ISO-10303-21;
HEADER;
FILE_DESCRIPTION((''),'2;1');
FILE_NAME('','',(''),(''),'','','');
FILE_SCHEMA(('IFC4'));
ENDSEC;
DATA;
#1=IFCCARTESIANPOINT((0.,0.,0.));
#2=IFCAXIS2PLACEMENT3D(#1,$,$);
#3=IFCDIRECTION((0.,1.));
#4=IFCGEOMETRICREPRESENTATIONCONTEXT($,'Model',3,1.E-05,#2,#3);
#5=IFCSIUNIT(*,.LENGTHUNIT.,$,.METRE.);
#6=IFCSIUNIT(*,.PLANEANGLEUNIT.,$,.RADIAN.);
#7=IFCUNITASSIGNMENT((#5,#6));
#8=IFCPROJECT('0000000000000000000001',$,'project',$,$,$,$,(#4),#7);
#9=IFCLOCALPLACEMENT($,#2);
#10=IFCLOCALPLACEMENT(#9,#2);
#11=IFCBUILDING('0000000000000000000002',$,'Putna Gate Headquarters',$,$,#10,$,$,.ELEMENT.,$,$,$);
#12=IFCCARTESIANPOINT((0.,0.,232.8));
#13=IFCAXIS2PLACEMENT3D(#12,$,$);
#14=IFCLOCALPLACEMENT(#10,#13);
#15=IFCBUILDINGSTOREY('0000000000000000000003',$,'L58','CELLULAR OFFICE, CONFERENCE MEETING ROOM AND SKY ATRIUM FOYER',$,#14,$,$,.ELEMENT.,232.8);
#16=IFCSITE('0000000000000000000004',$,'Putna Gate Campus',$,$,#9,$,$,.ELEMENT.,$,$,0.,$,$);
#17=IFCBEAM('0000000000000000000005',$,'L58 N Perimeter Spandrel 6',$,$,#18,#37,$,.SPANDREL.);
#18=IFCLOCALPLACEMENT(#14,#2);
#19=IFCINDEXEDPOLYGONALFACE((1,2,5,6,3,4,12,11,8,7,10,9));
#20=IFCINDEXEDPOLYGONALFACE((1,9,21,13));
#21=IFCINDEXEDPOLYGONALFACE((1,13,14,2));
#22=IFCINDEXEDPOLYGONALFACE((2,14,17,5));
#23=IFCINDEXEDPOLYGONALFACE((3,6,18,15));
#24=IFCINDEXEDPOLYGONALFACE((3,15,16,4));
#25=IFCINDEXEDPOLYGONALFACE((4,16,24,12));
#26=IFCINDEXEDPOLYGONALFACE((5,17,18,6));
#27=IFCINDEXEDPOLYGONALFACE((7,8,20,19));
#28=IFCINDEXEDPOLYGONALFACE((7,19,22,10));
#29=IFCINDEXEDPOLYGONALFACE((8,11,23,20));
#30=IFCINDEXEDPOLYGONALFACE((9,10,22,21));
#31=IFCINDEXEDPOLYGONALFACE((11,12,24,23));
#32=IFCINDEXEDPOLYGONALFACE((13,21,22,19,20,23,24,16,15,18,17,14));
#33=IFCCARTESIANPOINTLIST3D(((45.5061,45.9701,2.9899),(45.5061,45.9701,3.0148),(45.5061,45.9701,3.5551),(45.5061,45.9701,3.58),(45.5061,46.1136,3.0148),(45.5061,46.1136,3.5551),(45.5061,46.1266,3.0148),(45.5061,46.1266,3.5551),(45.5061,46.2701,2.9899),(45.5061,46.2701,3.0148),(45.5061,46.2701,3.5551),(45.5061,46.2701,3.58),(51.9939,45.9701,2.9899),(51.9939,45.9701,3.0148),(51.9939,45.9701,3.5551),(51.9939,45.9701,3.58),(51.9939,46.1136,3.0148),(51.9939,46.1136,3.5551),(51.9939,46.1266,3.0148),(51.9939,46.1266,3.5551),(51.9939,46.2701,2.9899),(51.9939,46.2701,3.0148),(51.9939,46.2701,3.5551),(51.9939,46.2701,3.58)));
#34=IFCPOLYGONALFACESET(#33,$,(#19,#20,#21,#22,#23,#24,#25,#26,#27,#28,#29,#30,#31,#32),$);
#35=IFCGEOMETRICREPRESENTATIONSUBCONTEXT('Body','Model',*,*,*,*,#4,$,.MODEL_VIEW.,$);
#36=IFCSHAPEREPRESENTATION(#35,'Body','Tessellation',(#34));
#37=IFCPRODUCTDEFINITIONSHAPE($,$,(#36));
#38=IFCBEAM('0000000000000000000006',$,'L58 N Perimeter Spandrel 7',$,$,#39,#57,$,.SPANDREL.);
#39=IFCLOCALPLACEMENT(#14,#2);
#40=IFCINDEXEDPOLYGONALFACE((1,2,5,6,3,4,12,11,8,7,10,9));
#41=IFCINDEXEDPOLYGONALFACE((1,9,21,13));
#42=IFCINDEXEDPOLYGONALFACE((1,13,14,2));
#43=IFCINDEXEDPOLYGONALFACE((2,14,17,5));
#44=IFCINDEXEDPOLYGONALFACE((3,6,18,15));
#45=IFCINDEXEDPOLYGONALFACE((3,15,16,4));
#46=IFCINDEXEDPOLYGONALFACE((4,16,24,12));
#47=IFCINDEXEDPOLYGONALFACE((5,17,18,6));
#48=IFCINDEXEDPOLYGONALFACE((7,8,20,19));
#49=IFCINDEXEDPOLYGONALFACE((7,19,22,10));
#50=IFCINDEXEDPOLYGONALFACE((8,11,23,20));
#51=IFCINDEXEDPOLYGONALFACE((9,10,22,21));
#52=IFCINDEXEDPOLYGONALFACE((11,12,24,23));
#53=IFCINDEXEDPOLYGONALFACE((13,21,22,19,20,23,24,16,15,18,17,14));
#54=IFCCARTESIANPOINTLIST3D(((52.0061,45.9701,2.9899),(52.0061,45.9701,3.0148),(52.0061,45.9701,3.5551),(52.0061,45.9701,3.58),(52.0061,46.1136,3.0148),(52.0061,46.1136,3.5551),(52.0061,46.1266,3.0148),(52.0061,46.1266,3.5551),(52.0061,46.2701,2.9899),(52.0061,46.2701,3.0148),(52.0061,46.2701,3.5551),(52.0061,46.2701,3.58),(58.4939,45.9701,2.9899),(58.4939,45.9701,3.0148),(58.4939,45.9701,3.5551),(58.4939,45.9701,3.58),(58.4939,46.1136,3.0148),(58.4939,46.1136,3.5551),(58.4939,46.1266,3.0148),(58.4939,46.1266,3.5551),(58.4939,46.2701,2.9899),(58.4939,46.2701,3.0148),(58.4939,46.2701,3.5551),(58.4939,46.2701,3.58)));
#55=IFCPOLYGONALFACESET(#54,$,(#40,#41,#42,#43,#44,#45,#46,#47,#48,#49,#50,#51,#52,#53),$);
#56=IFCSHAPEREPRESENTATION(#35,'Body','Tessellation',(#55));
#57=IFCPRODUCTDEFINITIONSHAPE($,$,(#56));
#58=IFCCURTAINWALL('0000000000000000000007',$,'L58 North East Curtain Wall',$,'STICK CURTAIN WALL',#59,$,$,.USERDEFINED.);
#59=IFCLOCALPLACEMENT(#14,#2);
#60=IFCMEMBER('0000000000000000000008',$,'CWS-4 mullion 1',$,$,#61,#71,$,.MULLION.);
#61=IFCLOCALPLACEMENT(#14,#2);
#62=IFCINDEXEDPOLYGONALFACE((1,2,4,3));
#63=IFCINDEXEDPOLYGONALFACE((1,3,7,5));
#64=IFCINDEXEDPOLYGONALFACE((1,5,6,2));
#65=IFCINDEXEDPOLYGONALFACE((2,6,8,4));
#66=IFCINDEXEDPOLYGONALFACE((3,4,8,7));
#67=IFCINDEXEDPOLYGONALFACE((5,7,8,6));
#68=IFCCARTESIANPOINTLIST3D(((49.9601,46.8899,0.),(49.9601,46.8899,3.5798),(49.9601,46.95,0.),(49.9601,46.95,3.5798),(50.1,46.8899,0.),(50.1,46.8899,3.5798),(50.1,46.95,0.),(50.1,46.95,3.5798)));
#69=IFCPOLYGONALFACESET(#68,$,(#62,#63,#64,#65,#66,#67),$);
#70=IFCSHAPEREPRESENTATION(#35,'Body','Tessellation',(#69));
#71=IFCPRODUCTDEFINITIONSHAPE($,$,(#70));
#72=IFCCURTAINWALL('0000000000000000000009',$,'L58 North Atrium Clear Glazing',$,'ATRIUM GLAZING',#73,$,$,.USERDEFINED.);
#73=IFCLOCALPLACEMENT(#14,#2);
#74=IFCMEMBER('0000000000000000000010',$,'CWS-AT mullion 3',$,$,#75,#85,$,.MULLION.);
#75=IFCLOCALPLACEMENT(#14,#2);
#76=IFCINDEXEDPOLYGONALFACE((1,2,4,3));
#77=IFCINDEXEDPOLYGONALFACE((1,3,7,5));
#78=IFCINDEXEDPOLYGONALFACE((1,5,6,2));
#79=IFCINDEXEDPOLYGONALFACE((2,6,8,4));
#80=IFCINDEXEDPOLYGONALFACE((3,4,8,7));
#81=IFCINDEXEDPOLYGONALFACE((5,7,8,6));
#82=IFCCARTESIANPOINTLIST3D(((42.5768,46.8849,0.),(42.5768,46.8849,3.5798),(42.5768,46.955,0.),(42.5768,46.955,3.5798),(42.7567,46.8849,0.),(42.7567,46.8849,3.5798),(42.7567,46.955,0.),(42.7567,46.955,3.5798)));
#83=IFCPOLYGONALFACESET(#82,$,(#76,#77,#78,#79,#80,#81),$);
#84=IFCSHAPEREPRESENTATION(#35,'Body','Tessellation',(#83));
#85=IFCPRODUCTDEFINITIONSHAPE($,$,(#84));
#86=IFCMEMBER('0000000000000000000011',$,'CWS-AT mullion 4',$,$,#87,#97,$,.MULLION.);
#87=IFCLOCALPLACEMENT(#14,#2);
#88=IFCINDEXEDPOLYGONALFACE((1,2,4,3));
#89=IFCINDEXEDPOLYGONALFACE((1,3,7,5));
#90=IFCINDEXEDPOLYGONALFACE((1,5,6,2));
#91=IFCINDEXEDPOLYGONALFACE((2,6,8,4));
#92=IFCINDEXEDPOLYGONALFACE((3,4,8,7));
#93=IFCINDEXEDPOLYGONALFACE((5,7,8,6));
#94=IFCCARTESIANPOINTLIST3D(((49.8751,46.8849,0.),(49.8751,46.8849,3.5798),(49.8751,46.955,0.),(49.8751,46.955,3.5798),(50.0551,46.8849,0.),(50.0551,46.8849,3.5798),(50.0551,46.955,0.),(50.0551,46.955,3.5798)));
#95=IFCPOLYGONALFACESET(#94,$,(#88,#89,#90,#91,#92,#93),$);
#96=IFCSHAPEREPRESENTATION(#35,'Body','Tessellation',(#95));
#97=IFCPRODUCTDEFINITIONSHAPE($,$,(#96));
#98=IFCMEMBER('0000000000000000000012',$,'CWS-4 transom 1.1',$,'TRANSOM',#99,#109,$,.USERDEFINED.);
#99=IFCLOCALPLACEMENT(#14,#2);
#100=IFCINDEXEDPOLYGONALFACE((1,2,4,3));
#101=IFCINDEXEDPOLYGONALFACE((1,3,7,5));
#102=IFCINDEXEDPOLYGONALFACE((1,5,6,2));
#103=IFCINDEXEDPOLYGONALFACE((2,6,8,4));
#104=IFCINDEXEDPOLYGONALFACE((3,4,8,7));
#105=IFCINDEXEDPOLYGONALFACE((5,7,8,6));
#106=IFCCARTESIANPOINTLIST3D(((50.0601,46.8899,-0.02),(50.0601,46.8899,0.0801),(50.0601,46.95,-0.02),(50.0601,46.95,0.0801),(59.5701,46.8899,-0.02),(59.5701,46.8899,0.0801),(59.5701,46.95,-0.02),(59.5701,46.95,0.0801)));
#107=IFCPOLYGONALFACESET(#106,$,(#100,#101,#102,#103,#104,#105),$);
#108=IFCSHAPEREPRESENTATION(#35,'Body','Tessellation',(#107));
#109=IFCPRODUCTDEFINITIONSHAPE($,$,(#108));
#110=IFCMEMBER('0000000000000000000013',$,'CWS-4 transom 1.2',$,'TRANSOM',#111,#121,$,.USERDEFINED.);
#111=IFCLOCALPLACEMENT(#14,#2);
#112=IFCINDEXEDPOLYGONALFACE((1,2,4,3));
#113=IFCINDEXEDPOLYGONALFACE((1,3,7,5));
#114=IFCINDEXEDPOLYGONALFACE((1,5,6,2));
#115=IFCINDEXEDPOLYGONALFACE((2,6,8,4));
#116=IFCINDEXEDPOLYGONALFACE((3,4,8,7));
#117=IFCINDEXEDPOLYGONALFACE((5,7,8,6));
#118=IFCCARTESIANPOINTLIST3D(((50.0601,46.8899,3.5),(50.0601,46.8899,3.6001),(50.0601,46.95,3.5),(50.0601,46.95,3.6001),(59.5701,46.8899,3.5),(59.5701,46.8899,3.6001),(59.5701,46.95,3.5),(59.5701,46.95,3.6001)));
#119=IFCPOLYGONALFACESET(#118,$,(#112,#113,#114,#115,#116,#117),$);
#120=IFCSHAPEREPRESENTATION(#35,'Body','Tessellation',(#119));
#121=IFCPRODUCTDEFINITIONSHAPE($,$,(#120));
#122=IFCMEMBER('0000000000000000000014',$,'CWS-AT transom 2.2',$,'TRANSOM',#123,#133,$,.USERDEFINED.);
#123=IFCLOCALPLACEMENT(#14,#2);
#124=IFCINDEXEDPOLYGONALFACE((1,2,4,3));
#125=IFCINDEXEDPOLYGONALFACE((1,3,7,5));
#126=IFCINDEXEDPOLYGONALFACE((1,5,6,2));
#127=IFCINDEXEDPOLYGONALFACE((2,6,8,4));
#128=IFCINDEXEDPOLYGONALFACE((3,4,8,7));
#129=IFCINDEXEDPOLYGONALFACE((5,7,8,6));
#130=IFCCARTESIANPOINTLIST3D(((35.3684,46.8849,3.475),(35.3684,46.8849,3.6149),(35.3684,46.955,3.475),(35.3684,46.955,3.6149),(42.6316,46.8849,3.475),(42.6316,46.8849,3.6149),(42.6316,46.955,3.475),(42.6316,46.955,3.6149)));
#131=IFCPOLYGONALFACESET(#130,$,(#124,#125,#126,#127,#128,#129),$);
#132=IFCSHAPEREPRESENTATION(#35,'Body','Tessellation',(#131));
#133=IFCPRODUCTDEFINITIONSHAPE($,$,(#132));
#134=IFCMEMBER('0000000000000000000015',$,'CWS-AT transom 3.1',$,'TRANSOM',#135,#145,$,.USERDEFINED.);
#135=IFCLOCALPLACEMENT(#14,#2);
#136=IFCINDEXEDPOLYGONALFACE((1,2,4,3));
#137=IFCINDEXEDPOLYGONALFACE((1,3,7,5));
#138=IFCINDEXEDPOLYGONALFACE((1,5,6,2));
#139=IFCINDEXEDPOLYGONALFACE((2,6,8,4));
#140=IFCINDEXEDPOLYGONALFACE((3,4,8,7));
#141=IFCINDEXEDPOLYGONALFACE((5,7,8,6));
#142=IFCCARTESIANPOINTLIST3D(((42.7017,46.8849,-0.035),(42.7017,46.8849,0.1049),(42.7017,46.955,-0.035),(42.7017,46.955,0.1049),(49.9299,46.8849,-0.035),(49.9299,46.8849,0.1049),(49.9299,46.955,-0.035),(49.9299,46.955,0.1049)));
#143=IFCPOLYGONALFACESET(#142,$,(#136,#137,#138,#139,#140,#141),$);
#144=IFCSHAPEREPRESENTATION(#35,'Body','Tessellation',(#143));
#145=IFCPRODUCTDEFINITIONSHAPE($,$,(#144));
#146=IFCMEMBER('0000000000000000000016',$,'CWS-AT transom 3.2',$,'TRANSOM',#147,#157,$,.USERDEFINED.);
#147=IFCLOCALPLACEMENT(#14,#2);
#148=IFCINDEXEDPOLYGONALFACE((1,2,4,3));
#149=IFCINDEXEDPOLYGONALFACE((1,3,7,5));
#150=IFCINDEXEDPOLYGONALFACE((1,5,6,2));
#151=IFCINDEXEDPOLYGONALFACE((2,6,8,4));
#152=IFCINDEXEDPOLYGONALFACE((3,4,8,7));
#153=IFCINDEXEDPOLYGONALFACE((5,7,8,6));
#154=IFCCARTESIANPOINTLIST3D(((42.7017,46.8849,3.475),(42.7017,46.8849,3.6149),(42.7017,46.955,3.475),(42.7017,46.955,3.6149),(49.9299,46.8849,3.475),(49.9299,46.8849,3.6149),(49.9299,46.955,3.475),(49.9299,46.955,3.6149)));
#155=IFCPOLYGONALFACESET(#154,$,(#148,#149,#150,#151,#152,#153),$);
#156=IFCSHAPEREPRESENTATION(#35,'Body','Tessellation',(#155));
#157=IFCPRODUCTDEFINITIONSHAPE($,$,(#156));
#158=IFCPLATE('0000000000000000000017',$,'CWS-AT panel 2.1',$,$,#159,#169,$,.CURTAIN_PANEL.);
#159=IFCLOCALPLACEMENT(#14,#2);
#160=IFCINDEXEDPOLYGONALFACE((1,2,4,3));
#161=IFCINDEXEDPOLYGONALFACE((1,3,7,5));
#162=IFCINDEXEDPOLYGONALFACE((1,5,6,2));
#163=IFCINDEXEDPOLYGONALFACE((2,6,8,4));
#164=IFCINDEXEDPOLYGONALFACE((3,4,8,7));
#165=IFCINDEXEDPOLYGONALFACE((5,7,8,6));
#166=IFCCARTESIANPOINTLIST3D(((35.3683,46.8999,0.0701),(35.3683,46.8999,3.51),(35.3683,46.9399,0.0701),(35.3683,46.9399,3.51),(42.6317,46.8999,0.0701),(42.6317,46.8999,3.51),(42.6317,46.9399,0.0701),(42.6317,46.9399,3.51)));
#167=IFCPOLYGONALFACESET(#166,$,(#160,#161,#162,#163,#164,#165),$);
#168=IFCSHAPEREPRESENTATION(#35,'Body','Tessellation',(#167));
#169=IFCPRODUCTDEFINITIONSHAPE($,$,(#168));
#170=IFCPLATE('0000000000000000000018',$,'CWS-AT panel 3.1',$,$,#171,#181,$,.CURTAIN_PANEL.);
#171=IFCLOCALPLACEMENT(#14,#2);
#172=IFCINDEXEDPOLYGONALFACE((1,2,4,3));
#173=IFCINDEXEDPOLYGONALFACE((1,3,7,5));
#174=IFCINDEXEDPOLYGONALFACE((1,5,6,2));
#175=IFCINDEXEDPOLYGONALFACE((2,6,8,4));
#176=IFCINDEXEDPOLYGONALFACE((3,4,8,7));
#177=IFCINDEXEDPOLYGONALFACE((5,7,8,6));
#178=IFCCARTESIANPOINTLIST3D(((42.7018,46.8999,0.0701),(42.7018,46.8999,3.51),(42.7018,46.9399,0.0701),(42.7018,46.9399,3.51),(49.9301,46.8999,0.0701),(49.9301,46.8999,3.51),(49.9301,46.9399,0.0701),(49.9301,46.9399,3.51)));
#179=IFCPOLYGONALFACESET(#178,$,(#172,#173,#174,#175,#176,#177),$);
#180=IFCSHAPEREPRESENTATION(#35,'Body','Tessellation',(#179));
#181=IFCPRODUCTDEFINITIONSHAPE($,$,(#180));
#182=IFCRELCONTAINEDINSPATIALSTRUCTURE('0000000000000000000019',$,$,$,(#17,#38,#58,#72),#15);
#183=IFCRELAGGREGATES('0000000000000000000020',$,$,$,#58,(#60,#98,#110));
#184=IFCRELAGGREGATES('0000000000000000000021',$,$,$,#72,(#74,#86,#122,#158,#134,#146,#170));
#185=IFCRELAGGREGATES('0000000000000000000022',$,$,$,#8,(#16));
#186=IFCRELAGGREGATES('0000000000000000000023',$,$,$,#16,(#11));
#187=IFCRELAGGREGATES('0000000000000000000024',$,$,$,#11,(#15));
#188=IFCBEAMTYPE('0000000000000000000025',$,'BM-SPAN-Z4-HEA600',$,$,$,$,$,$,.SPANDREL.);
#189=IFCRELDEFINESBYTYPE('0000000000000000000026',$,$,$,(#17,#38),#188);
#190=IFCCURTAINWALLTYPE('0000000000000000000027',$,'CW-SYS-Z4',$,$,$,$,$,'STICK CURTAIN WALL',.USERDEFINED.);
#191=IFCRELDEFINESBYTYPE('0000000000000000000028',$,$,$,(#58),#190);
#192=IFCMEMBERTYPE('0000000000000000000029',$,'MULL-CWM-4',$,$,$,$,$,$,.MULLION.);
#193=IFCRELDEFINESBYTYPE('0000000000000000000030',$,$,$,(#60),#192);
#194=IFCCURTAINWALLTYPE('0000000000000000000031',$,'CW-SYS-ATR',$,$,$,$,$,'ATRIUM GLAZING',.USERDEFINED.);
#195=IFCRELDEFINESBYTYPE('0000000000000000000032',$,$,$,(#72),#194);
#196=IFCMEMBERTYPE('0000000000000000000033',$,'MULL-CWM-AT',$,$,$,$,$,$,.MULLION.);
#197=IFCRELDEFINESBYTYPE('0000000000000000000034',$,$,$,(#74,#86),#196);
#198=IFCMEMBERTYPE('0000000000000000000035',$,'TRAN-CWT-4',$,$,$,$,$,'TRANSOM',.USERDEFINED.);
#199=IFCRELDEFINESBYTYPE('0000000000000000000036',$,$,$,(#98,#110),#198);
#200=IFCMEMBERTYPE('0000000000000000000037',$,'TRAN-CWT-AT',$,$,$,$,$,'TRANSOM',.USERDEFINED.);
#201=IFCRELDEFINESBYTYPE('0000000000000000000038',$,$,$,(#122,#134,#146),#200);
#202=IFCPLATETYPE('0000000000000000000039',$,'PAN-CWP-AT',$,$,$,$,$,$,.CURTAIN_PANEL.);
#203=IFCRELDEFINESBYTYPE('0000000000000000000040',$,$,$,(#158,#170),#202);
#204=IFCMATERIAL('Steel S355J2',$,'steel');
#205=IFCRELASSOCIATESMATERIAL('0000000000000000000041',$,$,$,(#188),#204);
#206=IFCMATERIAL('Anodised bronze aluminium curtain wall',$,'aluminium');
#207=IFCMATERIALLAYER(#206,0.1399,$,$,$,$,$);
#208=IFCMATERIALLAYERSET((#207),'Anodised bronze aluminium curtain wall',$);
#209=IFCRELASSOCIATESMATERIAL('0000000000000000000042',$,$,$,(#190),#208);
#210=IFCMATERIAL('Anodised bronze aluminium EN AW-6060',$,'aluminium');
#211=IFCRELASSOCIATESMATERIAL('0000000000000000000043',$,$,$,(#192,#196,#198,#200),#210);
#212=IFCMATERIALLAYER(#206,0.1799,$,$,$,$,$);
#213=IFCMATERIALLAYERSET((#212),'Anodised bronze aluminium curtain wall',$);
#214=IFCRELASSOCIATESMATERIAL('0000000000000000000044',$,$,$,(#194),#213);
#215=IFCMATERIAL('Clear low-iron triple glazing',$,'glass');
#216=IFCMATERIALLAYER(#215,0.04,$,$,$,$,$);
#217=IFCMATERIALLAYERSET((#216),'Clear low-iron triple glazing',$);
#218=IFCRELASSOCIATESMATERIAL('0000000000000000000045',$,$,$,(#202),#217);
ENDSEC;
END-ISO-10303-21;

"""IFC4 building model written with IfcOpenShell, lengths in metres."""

from ifc_helpers import new_model, si_unit, direction, frame, origin, origin_2d, place, context, subcontext, project, spatial, rectangle, i_section, extrude, material, layer, layer_set, material_profile, profile_set, type_object, element, aggregate, save


model = new_model("IFC4")

# Units and contexts
model_context = context("Model", 3, precision=1e-05, world=origin(), true_north=direction((0.0, 1.0)))
body_context = subcontext(model_context, "Body", "Model", "MODEL_VIEW")
ifc_project = project(units=[si_unit("LENGTHUNIT", "METRE"), si_unit("PLANEANGLEUNIT", "RADIAN")], contexts=[model_context])

# Site, building, storey
site_placement = place(None, origin())
site = spatial("IfcSite", under=ifc_project, at=site_placement, Name="Putna Gate Campus", CompositionType="ELEMENT", RefElevation=0.0)
building_placement = place(site_placement, origin())
building = spatial("IfcBuilding", under=site, at=building_placement, Name="Putna Gate Headquarters", CompositionType="ELEMENT")
storey_placement = place(building_placement, frame((0.0, 0.0, 232.8)))
storey = spatial("IfcBuildingStorey", under=building, at=storey_placement, Name="L58", Description="CELLULAR OFFICE, CONFERENCE MEETING ROOM AND SKY ATRIUM FOYER", CompositionType="ELEMENT", Elevation=232.8)

# Beams
ifc_material_1 = material(Name="Steel S355J2", Category="steel")
ifc_material_profile_1 = material_profile(ifc_material_1, i_section(OverallWidth=0.3, OverallDepth=0.5901, WebThickness=0.0129, FlangeThickness=0.0249, at=origin_2d()), Name="Steel S355J2")
ifc_profile_set_1 = profile_set([ifc_material_profile_1], Name="Steel S355J2")
beam_type_1 = type_object("IfcBeamType", Name="BM-SPAN-Z4-HEA600", PredefinedType="SPANDREL", material=ifc_profile_set_1)
for number, where, z_axis, x_axis, name in (
    (1, (45.5061, 46.1201, 3.2849), (1.0, 0.0, 0.0), (0.0, 1.0, 0.0), "L58 N Perimeter Spandrel 6"),
    (2, (52.0061, 46.1201, 3.2849), (1.0, 0.0, 0.0), (0.0, 1.0, 0.0), "L58 N Perimeter Spandrel 7"),
):
    element("IfcBeam", number, at=place(storey_placement, frame(where, z_axis=z_axis, x_axis=x_axis)), inside=storey, type_object=beam_type_1, Name=name, PredefinedType="SPANDREL", context=body_context, shape_type="SweptSolid", body=[
        extrude(i_section(OverallWidth=0.3, OverallDepth=0.5901, WebThickness=0.0129, FlangeThickness=0.0249, at=origin_2d()), origin(), (0.0, 0.0, 1.0), 6.4878),
    ])

# Curtain wall, member
ifc_material_2 = material(Name="Anodised bronze aluminium curtain wall", Category="aluminium")
ifc_layer_1 = layer(ifc_material_2, 0.1399)
ifc_layer_set_1 = layer_set([ifc_layer_1], Name="Anodised bronze aluminium curtain wall")
curtain_wall_type_1 = type_object("IfcCurtainWallType", Name="CW-SYS-Z4", ElementType="STICK CURTAIN WALL", PredefinedType="USERDEFINED", material=ifc_layer_set_1)
curtain_wall_1_placement = place(storey_placement, origin())
curtain_wall_1 = element("IfcCurtainWall", 3, at=curtain_wall_1_placement, inside=storey, type_object=curtain_wall_type_1, Name="L58 North East Curtain Wall", ObjectType="STICK CURTAIN WALL", PredefinedType="USERDEFINED")
ifc_material_3 = material(Name="Anodised bronze aluminium EN AW-6060", Category="aluminium")
ifc_material_profile_2 = material_profile(ifc_material_3, rectangle(XDim=0.0601, YDim=0.1399, at=origin_2d()), Name="Anodised bronze aluminium EN AW-6060")
ifc_profile_set_2 = profile_set([ifc_material_profile_2], Name="Anodised bronze aluminium EN AW-6060")
member_type_1 = type_object("IfcMemberType", Name="MULL-CWM-4", PredefinedType="MULLION", material=ifc_profile_set_2)
member_1_placement = place(storey_placement, frame((50.03, 46.9199, 0.0), z_axis=(0.0, 0.0, 1.0), x_axis=(0.0, 1.0, 0.0)))
member_1 = element("IfcMember", 4, at=member_1_placement, type_object=member_type_1, Name="CWS-4 mullion 1", PredefinedType="MULLION", context=body_context, shape_type="SweptSolid", body=[
    extrude(rectangle(XDim=0.0601, YDim=0.1399, at=origin_2d()), origin(), (0.0, 0.0, 1.0), 3.5798),
])

# Curtain wall, members
ifc_layer_2 = layer(ifc_material_2, 0.1799)
ifc_layer_set_2 = layer_set([ifc_layer_2], Name="Anodised bronze aluminium curtain wall")
curtain_wall_type_2 = type_object("IfcCurtainWallType", Name="CW-SYS-ATR", ElementType="ATRIUM GLAZING", PredefinedType="USERDEFINED", material=ifc_layer_set_2)
curtain_wall_2_placement = place(storey_placement, origin())
curtain_wall_2 = element("IfcCurtainWall", 5, at=curtain_wall_2_placement, inside=storey, type_object=curtain_wall_type_2, Name="L58 North Atrium Clear Glazing", ObjectType="ATRIUM GLAZING", PredefinedType="USERDEFINED")
ifc_material_profile_3 = material_profile(ifc_material_3, rectangle(XDim=0.0701, YDim=0.1799, at=origin_2d()), Name="Anodised bronze aluminium EN AW-6060")
ifc_profile_set_3 = profile_set([ifc_material_profile_3], Name="Anodised bronze aluminium EN AW-6060")
member_type_2 = type_object("IfcMemberType", Name="MULL-CWM-AT", PredefinedType="MULLION", material=ifc_profile_set_3)
member_2_placement = place(storey_placement, frame((42.6667, 46.9199, 0.0), z_axis=(0.0, 0.0, 1.0), x_axis=(0.0, 1.0, 0.0)))
member_2 = element("IfcMember", 6, at=member_2_placement, type_object=member_type_2, Name="CWS-AT mullion 3", PredefinedType="MULLION", context=body_context, shape_type="SweptSolid", body=[
    extrude(rectangle(XDim=0.0701, YDim=0.1799, at=origin_2d()), origin(), (0.0, 0.0, 1.0), 3.5798),
])
member_3_placement = place(storey_placement, frame((49.9651, 46.9199, 0.0), z_axis=(0.0, 0.0, 1.0), x_axis=(0.0, 1.0, 0.0)))
member_3 = element("IfcMember", 7, at=member_3_placement, type_object=member_type_2, Name="CWS-AT mullion 4", PredefinedType="MULLION", context=body_context, shape_type="SweptSolid", body=[
    extrude(rectangle(XDim=0.0701, YDim=0.1799, at=origin_2d()), origin(), (0.0, 0.0, 1.0), 3.5798),
])

# Members
ifc_material_profile_4 = material_profile(ifc_material_3, rectangle(XDim=0.0601, YDim=0.1001, at=origin_2d()), Name="Anodised bronze aluminium EN AW-6060")
ifc_profile_set_4 = profile_set([ifc_material_profile_4], Name="Anodised bronze aluminium EN AW-6060")
member_type_3 = type_object("IfcMemberType", Name="TRAN-CWT-4", ElementType="TRANSOM", PredefinedType="USERDEFINED", material=ifc_profile_set_4)
member_4_placement = place(storey_placement, frame((50.0601, 46.9199, 0.03), z_axis=(1.0, 0.0, 0.0), x_axis=(0.0, 1.0, 0.0)))
member_4 = element("IfcMember", 8, at=member_4_placement, type_object=member_type_3, Name="CWS-4 transom 1.1", ObjectType="TRANSOM", PredefinedType="USERDEFINED", context=body_context, shape_type="SweptSolid", body=[
    extrude(rectangle(XDim=0.0601, YDim=0.1001, at=origin_2d()), origin(), (0.0, 0.0, 1.0), 9.51),
])
member_5_placement = place(storey_placement, frame((50.0601, 46.9199, 3.55), z_axis=(1.0, 0.0, 0.0), x_axis=(0.0, 1.0, 0.0)))
member_5 = element("IfcMember", 9, at=member_5_placement, type_object=member_type_3, Name="CWS-4 transom 1.2", ObjectType="TRANSOM", PredefinedType="USERDEFINED", context=body_context, shape_type="SweptSolid", body=[
    extrude(rectangle(XDim=0.0601, YDim=0.1001, at=origin_2d()), origin(), (0.0, 0.0, 1.0), 9.51),
])
aggregate(curtain_wall_1, [member_1, member_4, member_5])
ifc_material_profile_5 = material_profile(ifc_material_3, rectangle(XDim=0.0701, YDim=0.1399, at=origin_2d()), Name="Anodised bronze aluminium EN AW-6060")
ifc_profile_set_5 = profile_set([ifc_material_profile_5], Name="Anodised bronze aluminium EN AW-6060")
member_type_4 = type_object("IfcMemberType", Name="TRAN-CWT-AT", ElementType="TRANSOM", PredefinedType="USERDEFINED", material=ifc_profile_set_5)
member_6_placement = place(storey_placement, frame((35.3684, 46.9199, 3.5449), z_axis=(1.0, 0.0, 0.0), x_axis=(0.0, 1.0, 0.0)))
member_6 = element("IfcMember", 10, at=member_6_placement, type_object=member_type_4, Name="CWS-AT transom 2.2", ObjectType="TRANSOM", PredefinedType="USERDEFINED", context=body_context, shape_type="SweptSolid", body=[
    extrude(rectangle(XDim=0.0701, YDim=0.1399, at=origin_2d()), origin(), (0.0, 0.0, 1.0), 7.2632),
])
member_7_placement = place(storey_placement, frame((42.7017, 46.9199, 0.0349), z_axis=(1.0, 0.0, 0.0), x_axis=(0.0, 1.0, 0.0)))
member_7 = element("IfcMember", 11, at=member_7_placement, type_object=member_type_4, Name="CWS-AT transom 3.1", ObjectType="TRANSOM", PredefinedType="USERDEFINED", context=body_context, shape_type="SweptSolid", body=[
    extrude(rectangle(XDim=0.0701, YDim=0.1399, at=origin_2d()), origin(), (0.0, 0.0, 1.0), 7.2283),
])
member_8_placement = place(storey_placement, frame((42.7017, 46.9199, 3.5449), z_axis=(1.0, 0.0, 0.0), x_axis=(0.0, 1.0, 0.0)))
member_8 = element("IfcMember", 12, at=member_8_placement, type_object=member_type_4, Name="CWS-AT transom 3.2", ObjectType="TRANSOM", PredefinedType="USERDEFINED", context=body_context, shape_type="SweptSolid", body=[
    extrude(rectangle(XDim=0.0701, YDim=0.1399, at=origin_2d()), origin(), (0.0, 0.0, 1.0), 7.2283),
])

# Plates
ifc_material_4 = material(Name="Clear low-iron triple glazing", Category="glass")
ifc_layer_3 = layer(ifc_material_4, 0.04)
ifc_layer_set_3 = layer_set([ifc_layer_3], Name="Clear low-iron triple glazing")
plate_type = type_object("IfcPlateType", Name="PAN-CWP-AT", PredefinedType="CURTAIN_PANEL", material=ifc_layer_set_3)
plate_1_placement = place(storey_placement, frame((39.0, 46.9199, 0.0701), z_axis=(0.0, 0.0, 1.0), x_axis=(1.0, 0.0, 0.0)))
plate_1 = element("IfcPlate", 13, at=plate_1_placement, type_object=plate_type, Name="CWS-AT panel 2.1", PredefinedType="CURTAIN_PANEL", context=body_context, shape_type="SweptSolid", body=[
    extrude(rectangle(XDim=7.2634, YDim=0.04, at=origin_2d()), origin(), (0.0, 0.0, 1.0), 3.4399),
])
plate_2_placement = place(storey_placement, frame((46.3159, 46.9199, 0.0701), z_axis=(0.0, 0.0, 1.0), x_axis=(1.0, 0.0, 0.0)))
plate_2 = element("IfcPlate", 14, at=plate_2_placement, type_object=plate_type, Name="CWS-AT panel 3.1", PredefinedType="CURTAIN_PANEL", context=body_context, shape_type="SweptSolid", body=[
    extrude(rectangle(XDim=7.2283, YDim=0.04, at=origin_2d()), origin(), (0.0, 0.0, 1.0), 3.4399),
])
aggregate(curtain_wall_2, [member_2, member_3, member_6, plate_1, member_7, member_8, plate_2])

save(model, "model.ifc")
